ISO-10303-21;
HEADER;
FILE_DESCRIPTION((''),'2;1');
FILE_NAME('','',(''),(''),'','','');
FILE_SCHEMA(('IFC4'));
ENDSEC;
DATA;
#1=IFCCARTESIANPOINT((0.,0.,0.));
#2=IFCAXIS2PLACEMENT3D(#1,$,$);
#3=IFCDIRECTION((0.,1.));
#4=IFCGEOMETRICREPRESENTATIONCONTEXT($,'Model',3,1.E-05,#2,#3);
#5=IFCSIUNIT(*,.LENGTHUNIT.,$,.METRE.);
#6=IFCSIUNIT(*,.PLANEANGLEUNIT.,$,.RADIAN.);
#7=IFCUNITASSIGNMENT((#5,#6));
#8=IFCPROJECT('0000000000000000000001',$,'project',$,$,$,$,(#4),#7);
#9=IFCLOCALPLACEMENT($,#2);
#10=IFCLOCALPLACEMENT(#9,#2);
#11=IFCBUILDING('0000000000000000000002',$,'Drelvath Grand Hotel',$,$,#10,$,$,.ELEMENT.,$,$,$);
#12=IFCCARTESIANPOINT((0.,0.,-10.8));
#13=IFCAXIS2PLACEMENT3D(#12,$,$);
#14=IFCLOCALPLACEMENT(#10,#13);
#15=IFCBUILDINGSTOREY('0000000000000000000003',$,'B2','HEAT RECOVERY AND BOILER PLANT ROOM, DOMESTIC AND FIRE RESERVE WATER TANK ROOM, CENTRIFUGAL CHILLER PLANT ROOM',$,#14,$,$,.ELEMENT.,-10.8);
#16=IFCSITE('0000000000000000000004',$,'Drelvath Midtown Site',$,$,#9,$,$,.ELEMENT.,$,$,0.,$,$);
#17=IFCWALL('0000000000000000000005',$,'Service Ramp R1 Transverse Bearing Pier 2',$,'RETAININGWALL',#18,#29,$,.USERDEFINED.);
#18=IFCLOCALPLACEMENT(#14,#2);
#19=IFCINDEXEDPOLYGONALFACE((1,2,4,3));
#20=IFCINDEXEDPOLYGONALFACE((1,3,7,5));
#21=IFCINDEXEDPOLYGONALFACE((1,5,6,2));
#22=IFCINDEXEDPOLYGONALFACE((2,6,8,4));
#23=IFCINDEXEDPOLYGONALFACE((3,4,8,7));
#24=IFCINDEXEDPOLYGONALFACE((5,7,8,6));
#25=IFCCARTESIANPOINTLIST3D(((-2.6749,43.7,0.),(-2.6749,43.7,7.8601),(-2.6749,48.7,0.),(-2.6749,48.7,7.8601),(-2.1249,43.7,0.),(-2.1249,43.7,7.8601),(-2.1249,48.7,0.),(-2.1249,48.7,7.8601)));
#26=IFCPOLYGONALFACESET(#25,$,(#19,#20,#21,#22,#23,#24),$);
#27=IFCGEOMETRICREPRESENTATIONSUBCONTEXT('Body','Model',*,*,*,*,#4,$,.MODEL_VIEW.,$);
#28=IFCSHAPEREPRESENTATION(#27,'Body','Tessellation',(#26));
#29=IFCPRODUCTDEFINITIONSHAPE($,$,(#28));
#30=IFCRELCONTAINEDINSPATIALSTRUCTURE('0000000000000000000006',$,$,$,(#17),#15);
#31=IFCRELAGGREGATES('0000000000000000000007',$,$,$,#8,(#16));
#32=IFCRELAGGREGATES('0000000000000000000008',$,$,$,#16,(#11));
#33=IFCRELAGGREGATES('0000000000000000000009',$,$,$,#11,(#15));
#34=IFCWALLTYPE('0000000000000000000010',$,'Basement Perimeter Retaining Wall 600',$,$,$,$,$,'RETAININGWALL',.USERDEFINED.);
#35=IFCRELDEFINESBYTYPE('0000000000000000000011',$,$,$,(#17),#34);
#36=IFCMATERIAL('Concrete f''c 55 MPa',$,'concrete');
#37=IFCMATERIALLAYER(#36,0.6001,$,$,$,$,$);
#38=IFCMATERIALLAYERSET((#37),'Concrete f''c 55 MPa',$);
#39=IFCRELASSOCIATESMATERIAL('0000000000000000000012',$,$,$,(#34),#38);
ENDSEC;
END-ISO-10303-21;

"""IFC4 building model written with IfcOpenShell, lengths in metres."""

from ifc_helpers import new_model, si_unit, direction, frame, frame_2d, origin, place, context, subcontext, project, spatial, rectangle, extrude, material, layer, layer_set, type_object, element, save


model = new_model("IFC4")

# Units and contexts
model_context = context("Model", 3, precision=1e-05, world=origin(), true_north=direction((0.0, 1.0)))
body_context = subcontext(model_context, "Body", "Model", "MODEL_VIEW")
ifc_project = project(units=[si_unit("LENGTHUNIT", "METRE"), si_unit("PLANEANGLEUNIT", "RADIAN")], contexts=[model_context])

# Site, building, storey
site_placement = place(None, origin())
site = spatial("IfcSite", under=ifc_project, at=site_placement, Name="Drelvath Midtown Site", CompositionType="ELEMENT", RefElevation=0.0)
building_placement = place(site_placement, origin())
building = spatial("IfcBuilding", under=site, at=building_placement, Name="Drelvath Grand Hotel", CompositionType="ELEMENT")
storey_placement = place(building_placement, frame((0.0, 0.0, -10.8)))
storey = spatial("IfcBuildingStorey", under=building, at=storey_placement, Name="B2", Description="HEAT RECOVERY AND BOILER PLANT ROOM, DOMESTIC AND FIRE RESERVE WATER TANK ROOM, CENTRIFUGAL CHILLER PLANT ROOM", CompositionType="ELEMENT", Elevation=-10.8)

# Shared definitions
ifc_material_1 = material(Name="Concrete f'c 55 MPa", Category="concrete")

# Wall
ifc_layer = layer(ifc_material_1, 0.6001)
ifc_layer_set = layer_set([ifc_layer], Name="Concrete f'c 55 MPa")
wall_type = type_object("IfcWallType", Name="Basement Perimeter Retaining Wall 600", ElementType="RETAININGWALL", PredefinedType="USERDEFINED", material=ifc_layer_set)
wall_placement = place(storey_placement, frame((-2.3999, 43.7, 0.0), z_axis=(0.0, 0.0, 1.0), x_axis=(0.0, 1.0, 0.0)))
element("IfcWall", 1, at=wall_placement, inside=storey, type_object=wall_type, Name="Service Ramp R1 Transverse Bearing Pier 2", ObjectType="RETAININGWALL", PredefinedType="USERDEFINED", context=body_context, shape_type="SweptSolid", body=[
    extrude(rectangle(XDim=5.0, YDim=0.55, at=frame_2d((2.5, 0.0))), origin(), (0.0, 0.0, 1.0), 7.8601),
])

save(model, "model.ifc")
